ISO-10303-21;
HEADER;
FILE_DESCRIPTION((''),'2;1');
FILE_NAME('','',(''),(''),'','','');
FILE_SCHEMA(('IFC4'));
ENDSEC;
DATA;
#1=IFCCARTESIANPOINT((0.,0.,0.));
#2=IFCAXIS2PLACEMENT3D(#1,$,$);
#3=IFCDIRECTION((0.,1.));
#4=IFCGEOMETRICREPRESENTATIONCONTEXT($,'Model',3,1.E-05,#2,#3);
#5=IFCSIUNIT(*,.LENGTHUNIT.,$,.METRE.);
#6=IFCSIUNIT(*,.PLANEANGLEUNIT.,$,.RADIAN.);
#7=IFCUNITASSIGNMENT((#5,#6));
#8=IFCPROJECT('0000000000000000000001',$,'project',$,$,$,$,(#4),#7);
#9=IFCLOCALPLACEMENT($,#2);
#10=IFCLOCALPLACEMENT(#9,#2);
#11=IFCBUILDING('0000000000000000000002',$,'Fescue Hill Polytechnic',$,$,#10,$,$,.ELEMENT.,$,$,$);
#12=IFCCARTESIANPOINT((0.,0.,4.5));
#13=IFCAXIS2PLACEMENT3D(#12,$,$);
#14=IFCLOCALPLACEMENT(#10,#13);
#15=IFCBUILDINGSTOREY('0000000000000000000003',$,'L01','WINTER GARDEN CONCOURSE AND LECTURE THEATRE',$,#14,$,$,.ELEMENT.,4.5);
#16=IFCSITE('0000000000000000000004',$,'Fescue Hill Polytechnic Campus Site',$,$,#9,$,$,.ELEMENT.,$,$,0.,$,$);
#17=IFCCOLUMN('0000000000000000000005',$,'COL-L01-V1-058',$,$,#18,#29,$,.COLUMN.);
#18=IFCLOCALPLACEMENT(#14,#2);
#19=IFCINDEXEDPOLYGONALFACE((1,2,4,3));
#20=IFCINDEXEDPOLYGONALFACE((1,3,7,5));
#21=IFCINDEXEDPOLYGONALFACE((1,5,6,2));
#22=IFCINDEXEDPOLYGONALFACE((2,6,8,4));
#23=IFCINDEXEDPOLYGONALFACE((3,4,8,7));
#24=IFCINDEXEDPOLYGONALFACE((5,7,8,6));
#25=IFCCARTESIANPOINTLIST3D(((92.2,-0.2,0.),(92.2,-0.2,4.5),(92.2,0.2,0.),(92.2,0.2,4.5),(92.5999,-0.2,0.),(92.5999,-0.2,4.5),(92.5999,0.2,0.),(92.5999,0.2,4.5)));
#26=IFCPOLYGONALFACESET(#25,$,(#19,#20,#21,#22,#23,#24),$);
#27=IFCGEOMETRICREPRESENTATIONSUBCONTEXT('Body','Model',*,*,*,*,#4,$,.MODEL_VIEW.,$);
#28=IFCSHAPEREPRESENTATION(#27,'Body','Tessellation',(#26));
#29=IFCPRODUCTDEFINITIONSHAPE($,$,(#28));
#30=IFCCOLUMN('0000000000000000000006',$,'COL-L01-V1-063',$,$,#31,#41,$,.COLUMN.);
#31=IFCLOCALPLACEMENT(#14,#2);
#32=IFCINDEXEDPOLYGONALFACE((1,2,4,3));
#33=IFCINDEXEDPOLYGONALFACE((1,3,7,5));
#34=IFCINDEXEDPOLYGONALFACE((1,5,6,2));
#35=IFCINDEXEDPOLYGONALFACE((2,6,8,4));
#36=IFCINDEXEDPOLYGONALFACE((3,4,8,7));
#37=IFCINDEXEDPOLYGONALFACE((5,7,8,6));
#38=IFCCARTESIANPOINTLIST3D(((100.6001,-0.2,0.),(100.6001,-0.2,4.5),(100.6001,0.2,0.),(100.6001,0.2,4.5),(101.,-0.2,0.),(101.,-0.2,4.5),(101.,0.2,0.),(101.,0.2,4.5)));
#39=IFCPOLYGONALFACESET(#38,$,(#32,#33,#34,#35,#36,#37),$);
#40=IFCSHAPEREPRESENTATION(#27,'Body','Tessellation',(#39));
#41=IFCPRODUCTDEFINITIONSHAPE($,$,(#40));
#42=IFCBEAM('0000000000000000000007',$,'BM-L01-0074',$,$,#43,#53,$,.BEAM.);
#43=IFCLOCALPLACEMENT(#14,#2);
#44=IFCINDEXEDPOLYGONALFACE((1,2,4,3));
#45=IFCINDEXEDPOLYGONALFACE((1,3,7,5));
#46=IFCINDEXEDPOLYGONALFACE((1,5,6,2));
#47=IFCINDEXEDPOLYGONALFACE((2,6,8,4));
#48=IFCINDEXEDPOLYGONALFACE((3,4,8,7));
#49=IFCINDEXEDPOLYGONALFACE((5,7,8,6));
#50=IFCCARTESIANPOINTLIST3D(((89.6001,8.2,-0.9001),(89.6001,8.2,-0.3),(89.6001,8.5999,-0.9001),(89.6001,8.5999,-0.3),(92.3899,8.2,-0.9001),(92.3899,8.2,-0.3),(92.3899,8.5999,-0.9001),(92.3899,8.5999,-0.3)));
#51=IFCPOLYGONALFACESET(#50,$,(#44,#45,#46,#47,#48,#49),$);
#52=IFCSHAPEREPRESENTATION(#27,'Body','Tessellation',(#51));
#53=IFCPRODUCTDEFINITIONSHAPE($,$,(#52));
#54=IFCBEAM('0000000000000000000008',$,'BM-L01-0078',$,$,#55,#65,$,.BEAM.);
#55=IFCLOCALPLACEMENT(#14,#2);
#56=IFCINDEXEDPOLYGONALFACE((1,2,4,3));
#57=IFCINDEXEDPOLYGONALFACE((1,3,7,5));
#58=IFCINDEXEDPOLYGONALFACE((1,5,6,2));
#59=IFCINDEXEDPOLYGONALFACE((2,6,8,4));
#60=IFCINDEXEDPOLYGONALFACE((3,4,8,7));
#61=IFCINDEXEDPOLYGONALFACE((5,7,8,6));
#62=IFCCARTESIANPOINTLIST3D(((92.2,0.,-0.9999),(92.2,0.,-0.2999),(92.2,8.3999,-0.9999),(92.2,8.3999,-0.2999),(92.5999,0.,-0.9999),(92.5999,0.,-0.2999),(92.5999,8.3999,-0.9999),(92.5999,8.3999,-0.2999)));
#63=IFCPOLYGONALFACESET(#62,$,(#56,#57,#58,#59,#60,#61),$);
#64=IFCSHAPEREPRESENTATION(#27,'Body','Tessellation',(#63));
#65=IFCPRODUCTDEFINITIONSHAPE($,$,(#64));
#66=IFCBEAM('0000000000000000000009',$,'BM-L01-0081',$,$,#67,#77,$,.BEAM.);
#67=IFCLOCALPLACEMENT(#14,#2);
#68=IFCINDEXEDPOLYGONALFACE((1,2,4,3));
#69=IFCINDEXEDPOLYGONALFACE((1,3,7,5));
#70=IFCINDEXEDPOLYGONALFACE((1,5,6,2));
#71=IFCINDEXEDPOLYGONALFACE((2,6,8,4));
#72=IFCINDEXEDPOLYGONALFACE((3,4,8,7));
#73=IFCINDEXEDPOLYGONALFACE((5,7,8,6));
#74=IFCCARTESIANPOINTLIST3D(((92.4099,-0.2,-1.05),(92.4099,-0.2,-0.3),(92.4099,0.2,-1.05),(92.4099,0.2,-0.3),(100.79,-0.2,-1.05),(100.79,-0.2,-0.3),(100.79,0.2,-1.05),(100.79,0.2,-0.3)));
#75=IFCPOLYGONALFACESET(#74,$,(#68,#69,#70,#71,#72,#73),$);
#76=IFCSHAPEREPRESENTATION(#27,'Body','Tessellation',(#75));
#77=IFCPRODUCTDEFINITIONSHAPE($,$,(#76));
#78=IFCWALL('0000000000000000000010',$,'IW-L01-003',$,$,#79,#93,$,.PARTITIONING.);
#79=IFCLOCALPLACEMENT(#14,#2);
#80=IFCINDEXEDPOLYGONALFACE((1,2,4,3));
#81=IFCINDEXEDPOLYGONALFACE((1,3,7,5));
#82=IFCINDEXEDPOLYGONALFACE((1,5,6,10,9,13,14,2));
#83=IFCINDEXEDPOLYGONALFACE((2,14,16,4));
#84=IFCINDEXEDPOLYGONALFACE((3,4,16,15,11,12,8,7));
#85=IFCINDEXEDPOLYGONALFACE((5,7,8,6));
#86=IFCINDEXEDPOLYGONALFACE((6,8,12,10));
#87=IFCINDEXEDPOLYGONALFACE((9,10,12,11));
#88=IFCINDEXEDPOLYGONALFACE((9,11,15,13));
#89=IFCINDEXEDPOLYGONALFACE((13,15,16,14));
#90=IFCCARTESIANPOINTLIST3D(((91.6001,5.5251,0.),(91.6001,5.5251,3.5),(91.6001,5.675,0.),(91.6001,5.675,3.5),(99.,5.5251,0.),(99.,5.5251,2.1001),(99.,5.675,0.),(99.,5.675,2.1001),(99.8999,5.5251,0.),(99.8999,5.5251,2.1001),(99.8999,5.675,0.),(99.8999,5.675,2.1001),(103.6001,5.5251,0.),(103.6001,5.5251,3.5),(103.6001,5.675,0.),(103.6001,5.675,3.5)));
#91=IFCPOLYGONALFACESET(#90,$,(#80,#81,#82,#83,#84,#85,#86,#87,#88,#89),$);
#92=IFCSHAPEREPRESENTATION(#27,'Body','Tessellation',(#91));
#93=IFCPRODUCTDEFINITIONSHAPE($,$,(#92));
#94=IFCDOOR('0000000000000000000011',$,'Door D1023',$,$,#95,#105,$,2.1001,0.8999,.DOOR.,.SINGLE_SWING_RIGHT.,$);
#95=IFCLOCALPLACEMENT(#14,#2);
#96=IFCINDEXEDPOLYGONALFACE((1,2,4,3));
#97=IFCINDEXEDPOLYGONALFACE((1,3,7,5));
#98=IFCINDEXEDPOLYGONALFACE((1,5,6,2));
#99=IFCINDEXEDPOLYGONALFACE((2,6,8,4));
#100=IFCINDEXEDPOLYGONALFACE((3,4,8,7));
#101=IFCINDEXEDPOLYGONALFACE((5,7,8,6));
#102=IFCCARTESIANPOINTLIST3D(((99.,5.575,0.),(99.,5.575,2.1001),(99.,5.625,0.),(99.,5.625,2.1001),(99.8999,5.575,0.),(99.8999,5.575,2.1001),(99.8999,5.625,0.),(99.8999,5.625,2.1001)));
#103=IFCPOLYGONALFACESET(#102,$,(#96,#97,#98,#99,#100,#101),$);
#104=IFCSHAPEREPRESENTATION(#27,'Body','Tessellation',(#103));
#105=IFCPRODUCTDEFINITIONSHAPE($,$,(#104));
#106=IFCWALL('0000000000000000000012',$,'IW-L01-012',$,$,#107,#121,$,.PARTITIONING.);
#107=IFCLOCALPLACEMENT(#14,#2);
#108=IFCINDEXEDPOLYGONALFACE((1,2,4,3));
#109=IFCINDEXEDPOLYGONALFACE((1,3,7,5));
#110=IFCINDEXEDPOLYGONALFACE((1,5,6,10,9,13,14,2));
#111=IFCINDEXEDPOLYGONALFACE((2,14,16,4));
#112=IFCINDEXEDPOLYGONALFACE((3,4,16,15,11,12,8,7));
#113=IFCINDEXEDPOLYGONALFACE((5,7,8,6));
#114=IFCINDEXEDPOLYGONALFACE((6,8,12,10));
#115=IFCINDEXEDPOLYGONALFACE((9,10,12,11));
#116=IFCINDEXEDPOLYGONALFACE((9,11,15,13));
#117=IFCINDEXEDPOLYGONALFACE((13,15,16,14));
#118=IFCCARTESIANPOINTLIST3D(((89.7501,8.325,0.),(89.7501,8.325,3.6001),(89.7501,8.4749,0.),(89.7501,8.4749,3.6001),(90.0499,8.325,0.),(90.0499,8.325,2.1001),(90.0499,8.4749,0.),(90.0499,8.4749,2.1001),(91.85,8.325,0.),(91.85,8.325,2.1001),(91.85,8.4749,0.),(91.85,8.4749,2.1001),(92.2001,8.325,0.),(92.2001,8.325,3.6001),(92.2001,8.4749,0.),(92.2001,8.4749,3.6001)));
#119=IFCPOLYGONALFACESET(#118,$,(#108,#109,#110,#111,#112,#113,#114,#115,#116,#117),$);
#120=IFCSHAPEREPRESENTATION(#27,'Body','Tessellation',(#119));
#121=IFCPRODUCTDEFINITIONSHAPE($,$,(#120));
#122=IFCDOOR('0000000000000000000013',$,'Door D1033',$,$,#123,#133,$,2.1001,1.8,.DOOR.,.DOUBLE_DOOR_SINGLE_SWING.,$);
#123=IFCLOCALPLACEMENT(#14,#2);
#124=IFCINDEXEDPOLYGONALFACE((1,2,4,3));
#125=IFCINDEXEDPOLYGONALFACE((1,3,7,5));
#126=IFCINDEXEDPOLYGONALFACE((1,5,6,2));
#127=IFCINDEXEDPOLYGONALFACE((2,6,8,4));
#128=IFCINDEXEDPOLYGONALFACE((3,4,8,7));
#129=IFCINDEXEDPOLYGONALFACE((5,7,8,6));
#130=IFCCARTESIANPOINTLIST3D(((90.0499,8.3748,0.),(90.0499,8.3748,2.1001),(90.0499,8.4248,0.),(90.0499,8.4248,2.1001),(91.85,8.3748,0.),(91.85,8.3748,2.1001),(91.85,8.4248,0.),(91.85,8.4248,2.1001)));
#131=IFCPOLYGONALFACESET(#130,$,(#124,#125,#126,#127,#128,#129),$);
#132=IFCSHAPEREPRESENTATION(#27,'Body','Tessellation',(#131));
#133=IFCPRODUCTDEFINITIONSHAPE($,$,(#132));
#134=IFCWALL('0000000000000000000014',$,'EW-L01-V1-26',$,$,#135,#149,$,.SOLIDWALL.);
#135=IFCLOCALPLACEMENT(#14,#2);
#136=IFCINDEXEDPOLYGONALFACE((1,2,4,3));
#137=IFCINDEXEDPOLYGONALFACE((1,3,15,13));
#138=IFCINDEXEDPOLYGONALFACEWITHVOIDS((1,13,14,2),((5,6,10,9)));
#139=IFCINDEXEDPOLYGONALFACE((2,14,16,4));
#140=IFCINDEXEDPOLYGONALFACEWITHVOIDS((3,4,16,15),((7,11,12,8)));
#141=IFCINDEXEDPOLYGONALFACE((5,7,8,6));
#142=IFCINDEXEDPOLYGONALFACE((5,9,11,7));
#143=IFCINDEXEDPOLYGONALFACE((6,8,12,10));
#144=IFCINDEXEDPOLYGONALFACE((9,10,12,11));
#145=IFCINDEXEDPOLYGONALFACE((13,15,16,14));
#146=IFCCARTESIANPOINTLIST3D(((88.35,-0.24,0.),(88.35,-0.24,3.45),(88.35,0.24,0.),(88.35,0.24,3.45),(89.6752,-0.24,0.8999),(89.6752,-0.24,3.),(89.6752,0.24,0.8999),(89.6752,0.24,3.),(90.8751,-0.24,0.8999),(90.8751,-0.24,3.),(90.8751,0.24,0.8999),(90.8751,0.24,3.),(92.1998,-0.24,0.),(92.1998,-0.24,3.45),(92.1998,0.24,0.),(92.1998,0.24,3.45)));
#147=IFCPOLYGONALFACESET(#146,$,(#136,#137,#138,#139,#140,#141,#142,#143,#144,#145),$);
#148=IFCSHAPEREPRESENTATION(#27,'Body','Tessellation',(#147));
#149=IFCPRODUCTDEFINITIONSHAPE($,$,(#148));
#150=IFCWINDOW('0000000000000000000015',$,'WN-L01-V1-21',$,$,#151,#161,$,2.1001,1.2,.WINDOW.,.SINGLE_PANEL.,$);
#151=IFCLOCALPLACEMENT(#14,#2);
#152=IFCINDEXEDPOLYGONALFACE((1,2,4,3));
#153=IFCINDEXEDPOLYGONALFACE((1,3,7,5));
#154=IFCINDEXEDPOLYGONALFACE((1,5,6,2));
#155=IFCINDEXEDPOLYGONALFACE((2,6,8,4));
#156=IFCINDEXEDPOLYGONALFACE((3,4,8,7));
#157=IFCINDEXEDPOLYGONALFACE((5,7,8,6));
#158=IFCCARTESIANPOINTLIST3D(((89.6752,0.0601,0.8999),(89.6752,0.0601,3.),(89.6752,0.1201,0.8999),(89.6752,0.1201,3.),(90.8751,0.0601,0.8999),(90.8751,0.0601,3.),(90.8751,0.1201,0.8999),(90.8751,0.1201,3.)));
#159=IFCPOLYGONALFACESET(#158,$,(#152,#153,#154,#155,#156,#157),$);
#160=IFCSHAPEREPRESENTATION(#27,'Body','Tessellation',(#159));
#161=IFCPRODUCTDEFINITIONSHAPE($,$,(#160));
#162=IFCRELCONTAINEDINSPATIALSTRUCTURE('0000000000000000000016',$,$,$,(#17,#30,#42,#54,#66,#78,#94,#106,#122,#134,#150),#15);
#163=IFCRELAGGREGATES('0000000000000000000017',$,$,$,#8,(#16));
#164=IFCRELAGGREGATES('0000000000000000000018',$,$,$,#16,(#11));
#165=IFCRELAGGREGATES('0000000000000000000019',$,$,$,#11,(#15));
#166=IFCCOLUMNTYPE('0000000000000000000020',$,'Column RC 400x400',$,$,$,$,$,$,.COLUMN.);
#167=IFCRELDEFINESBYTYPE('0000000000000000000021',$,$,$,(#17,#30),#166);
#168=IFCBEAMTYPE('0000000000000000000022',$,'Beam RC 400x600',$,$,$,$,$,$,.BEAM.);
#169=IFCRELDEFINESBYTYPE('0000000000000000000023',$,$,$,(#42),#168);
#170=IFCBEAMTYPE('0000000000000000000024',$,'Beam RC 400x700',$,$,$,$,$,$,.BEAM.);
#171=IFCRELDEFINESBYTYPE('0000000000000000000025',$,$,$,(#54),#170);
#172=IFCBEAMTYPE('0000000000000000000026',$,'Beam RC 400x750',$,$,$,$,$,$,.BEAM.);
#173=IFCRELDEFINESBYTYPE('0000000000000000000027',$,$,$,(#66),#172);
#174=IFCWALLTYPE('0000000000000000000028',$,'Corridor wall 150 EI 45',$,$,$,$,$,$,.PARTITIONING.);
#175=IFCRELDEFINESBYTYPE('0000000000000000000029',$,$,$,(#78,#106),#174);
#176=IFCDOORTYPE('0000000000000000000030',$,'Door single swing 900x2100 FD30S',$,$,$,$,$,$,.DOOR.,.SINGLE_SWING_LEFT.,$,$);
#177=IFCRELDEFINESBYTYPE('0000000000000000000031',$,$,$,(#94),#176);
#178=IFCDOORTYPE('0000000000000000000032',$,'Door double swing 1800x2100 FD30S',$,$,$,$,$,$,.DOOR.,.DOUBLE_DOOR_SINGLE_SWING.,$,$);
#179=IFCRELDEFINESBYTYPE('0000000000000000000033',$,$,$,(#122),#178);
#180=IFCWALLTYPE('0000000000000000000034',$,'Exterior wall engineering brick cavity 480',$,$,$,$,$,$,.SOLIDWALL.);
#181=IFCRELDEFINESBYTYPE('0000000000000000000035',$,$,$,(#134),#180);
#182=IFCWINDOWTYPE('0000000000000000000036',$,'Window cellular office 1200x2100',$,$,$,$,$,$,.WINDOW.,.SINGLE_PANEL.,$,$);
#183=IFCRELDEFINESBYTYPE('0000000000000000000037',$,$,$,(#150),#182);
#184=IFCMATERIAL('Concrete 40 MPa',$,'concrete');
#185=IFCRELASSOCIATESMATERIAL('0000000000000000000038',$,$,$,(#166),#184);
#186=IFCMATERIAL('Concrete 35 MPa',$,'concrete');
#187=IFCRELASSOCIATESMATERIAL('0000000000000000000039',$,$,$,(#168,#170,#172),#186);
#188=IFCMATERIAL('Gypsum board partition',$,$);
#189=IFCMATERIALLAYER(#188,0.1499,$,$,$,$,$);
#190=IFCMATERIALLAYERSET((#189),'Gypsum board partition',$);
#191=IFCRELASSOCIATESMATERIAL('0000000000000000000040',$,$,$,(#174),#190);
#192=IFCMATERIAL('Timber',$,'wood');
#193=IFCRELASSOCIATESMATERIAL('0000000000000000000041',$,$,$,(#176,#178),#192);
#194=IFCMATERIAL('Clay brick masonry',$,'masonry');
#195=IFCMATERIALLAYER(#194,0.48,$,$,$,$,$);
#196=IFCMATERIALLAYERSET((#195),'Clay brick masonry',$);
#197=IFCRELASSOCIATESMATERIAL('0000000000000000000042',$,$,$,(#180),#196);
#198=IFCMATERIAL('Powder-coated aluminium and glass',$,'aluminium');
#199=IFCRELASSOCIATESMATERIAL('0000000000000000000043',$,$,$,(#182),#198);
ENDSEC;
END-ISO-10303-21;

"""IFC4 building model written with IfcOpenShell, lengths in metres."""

from ifc_helpers import new_model, si_unit, direction, frame, frame_2d, origin, origin_2d, place, context, subcontext, project, spatial, rectangle, extrude, material, layer, layer_set, material_profile, profile_set, type_object, element, fill, save


model = new_model("IFC4")

# Units and contexts
model_context = context("Model", 3, precision=1e-05, world=origin(), true_north=direction((0.0, 1.0)))
body_context = subcontext(model_context, "Body", "Model", "MODEL_VIEW")
ifc_project = project(units=[si_unit("LENGTHUNIT", "METRE"), si_unit("PLANEANGLEUNIT", "RADIAN")], contexts=[model_context])

# Site, building, storey
site_placement = place(None, origin())
site = spatial("IfcSite", under=ifc_project, at=site_placement, Name="Fescue Hill Polytechnic Campus Site", CompositionType="ELEMENT", RefElevation=0.0)
building_placement = place(site_placement, origin())
building = spatial("IfcBuilding", under=site, at=building_placement, Name="Fescue Hill Polytechnic", CompositionType="ELEMENT")
storey_placement = place(building_placement, frame((0.0, 0.0, 4.5)))
storey = spatial("IfcBuildingStorey", under=building, at=storey_placement, Name="L01", Description="WINTER GARDEN CONCOURSE AND LECTURE THEATRE", CompositionType="ELEMENT", Elevation=4.5)

# Columns
ifc_material_1 = material(Name="Concrete 40 MPa", Category="concrete")
ifc_material_profile_1 = material_profile(ifc_material_1, rectangle(XDim=0.3999, YDim=0.3999, at=origin_2d()), Name="RC 400x400")
ifc_profile_set_1 = profile_set([ifc_material_profile_1], Name="Concrete 40 MPa")
column_type = type_object("IfcColumnType", Name="Column RC 400x400", PredefinedType="COLUMN", material=ifc_profile_set_1)
for number, where, z_axis, x_axis, name in (
    (1, (92.3999, 0.0, 0.0), (0.0, 0.0, 1.0), (1.0, 0.0, 0.0), "COL-L01-V1-058"),
    (2, (100.8, 0.0, 0.0), (0.0, 0.0, 1.0), (1.0, 0.0, 0.0), "COL-L01-V1-063"),
):
    element("IfcColumn", number, at=place(storey_placement, frame(where, z_axis=z_axis, x_axis=x_axis)), inside=storey, type_object=column_type, Name=name, PredefinedType="COLUMN", context=body_context, shape_type="SweptSolid", body=[
        extrude(rectangle(XDim=0.3999, YDim=0.3999, at=origin_2d()), origin(), (0.0, 0.0, 1.0), 4.5),
    ])

# Beams
ifc_material_2 = material(Name="Concrete 35 MPa", Category="concrete")
ifc_material_profile_2 = material_profile(ifc_material_2, rectangle(XDim=0.3999, YDim=0.6001, at=origin_2d()), Name="RC 400x600")
ifc_profile_set_2 = profile_set([ifc_material_profile_2], Name="Concrete 35 MPa")
beam_type_1 = type_object("IfcBeamType", Name="Beam RC 400x600", PredefinedType="BEAM", material=ifc_profile_set_2)
beam_1_placement = place(storey_placement, frame((89.6001, 8.3999, -0.6001), z_axis=(1.0, 0.0, 0.0), x_axis=(0.0, 1.0, 0.0)))
element("IfcBeam", 3, at=beam_1_placement, inside=storey, type_object=beam_type_1, Name="BM-L01-0074", PredefinedType="BEAM", context=body_context, shape_type="SweptSolid", body=[
    extrude(rectangle(XDim=0.3999, YDim=0.6001, at=origin_2d()), origin(), (0.0, 0.0, 1.0), 2.7898),
])
ifc_material_profile_3 = material_profile(ifc_material_2, rectangle(XDim=0.3999, YDim=0.7, at=origin_2d()), Name="RC 400x700")
ifc_profile_set_3 = profile_set([ifc_material_profile_3], Name="Concrete 35 MPa")
beam_type_2 = type_object("IfcBeamType", Name="Beam RC 400x700", PredefinedType="BEAM", material=ifc_profile_set_3)
beam_2_placement = place(storey_placement, frame((92.3999, 0.0, -0.6499), z_axis=(0.0, 1.0, 0.0), x_axis=(-1.0, 0.0, 0.0)))
element("IfcBeam", 4, at=beam_2_placement, inside=storey, type_object=beam_type_2, Name="BM-L01-0078", PredefinedType="BEAM", context=body_context, shape_type="SweptSolid", body=[
    extrude(rectangle(XDim=0.3999, YDim=0.7, at=origin_2d()), origin(), (0.0, 0.0, 1.0), 8.3999),
])
ifc_material_profile_4 = material_profile(ifc_material_2, rectangle(XDim=0.3999, YDim=0.75, at=origin_2d()), Name="RC 400x750")
ifc_profile_set_4 = profile_set([ifc_material_profile_4], Name="Concrete 35 MPa")
beam_type_3 = type_object("IfcBeamType", Name="Beam RC 400x750", PredefinedType="BEAM", material=ifc_profile_set_4)
beam_3_placement = place(storey_placement, frame((92.4099, 0.0, -0.675), z_axis=(1.0, 0.0, 0.0), x_axis=(0.0, 1.0, 0.0)))
element("IfcBeam", 5, at=beam_3_placement, inside=storey, type_object=beam_type_3, Name="BM-L01-0081", PredefinedType="BEAM", context=body_context, shape_type="SweptSolid", body=[
    extrude(rectangle(XDim=0.3999, YDim=0.75, at=origin_2d()), origin(), (0.0, 0.0, 1.0), 8.3801),
])

# Walls, openings, doors
ifc_material_3 = material(Name="Gypsum board partition")
ifc_layer_1 = layer(ifc_material_3, 0.1499)
ifc_layer_set_1 = layer_set([ifc_layer_1], Name="Gypsum board partition")
wall_type_1 = type_object("IfcWallType", Name="Corridor wall 150 EI 45", PredefinedType="PARTITIONING", material=ifc_layer_set_1)
wall_1_placement = place(storey_placement, frame((91.6001, 5.6001, 0.0), z_axis=(0.0, 0.0, 1.0), x_axis=(1.0, 0.0, 0.0)))
wall_1 = element("IfcWall", 6, at=wall_1_placement, inside=storey, type_object=wall_type_1, Name="IW-L01-003", PredefinedType="PARTITIONING", context=body_context, shape_type="SweptSolid", body=[
    extrude(rectangle(XDim=12.0, YDim=0.1499, at=frame_2d((6.0, 0.0))), origin(), (0.0, 0.0, 1.0), 3.5),
])
opening_1_placement = place(wall_1_placement, frame((7.3999, 0.0, 0.0)))
opening_1 = element("IfcOpeningElement", 7, at=opening_1_placement, cuts=wall_1, PredefinedType="OPENING", context=body_context, shape_type="SweptSolid", body=[
    extrude(rectangle(XDim=0.8999, YDim=2.1001, at=frame_2d((0.45, 1.05))), frame((0.0, 0.085, 0.0), z_axis=(0.0, -1.0, 0.0), x_axis=(1.0, 0.0, 0.0)), (0.0, 0.0, 1.0), 0.1699),
])
ifc_material_4 = material(Name="Timber", Category="wood")
door_type_1 = type_object("IfcDoorType", Name="Door single swing 900x2100 FD30S", OperationType="SINGLE_SWING_LEFT", PredefinedType="DOOR", material=ifc_material_4)
door_1_placement = place(opening_1_placement, origin())
door_1 = element("IfcDoor", 8, at=door_1_placement, inside=storey, type_object=door_type_1, Name="Door D1023", OperationType="SINGLE_SWING_RIGHT", OverallHeight=2.1001, OverallWidth=0.8999, PredefinedType="DOOR", context=body_context, shape_type="SweptSolid", body=[
    extrude(rectangle(XDim=0.8999, YDim=2.1001, at=frame_2d((0.45, 1.05))), frame((0.0, 0.0249, 0.0), z_axis=(0.0, -1.0, 0.0), x_axis=(1.0, 0.0, 0.0)), (0.0, 0.0, 1.0), 0.05),
])
fill(opening_1, door_1)
wall_2_placement = place(storey_placement, frame((89.75, 8.3999, 0.0), z_axis=(0.0, 0.0, 1.0), x_axis=(1.0, 0.0, 0.0)))
wall_2 = element("IfcWall", 9, at=wall_2_placement, inside=storey, type_object=wall_type_1, Name="IW-L01-012", PredefinedType="PARTITIONING", context=body_context, shape_type="SweptSolid", body=[
    extrude(rectangle(XDim=2.45, YDim=0.1499, at=frame_2d((1.2251, 0.0))), origin(), (0.0, 0.0, 1.0), 3.6001),
])
opening_2_placement = place(wall_2_placement, frame((0.3, 0.0, 0.0)))
opening_2 = element("IfcOpeningElement", 10, at=opening_2_placement, cuts=wall_2, PredefinedType="OPENING", context=body_context, shape_type="SweptSolid", body=[
    extrude(rectangle(XDim=1.8, YDim=2.1001, at=frame_2d((0.8999, 1.05))), frame((0.0, 0.085, 0.0), z_axis=(0.0, -1.0, 0.0), x_axis=(1.0, 0.0, 0.0)), (0.0, 0.0, 1.0), 0.1699),
])
door_type_2 = type_object("IfcDoorType", Name="Door double swing 1800x2100 FD30S", OperationType="DOUBLE_DOOR_SINGLE_SWING", PredefinedType="DOOR", material=ifc_material_4)
door_2_placement = place(opening_2_placement, origin())
door_2 = element("IfcDoor", 11, at=door_2_placement, inside=storey, type_object=door_type_2, Name="Door D1033", OperationType="DOUBLE_DOOR_SINGLE_SWING", OverallHeight=2.1001, OverallWidth=1.8, PredefinedType="DOOR", context=body_context, shape_type="SweptSolid", body=[
    extrude(rectangle(XDim=1.8, YDim=2.1001, at=frame_2d((0.8999, 1.05))), frame((0.0, 0.0249, 0.0), z_axis=(0.0, -1.0, 0.0), x_axis=(1.0, 0.0, 0.0)), (0.0, 0.0, 1.0), 0.05),
])
fill(opening_2, door_2)

# Wall, opening, window
ifc_material_5 = material(Name="Clay brick masonry", Category="masonry")
ifc_layer_2 = layer(ifc_material_5, 0.48)
ifc_layer_set_2 = layer_set([ifc_layer_2], Name="Clay brick masonry")
wall_type_2 = type_object("IfcWallType", Name="Exterior wall engineering brick cavity 480", PredefinedType="SOLIDWALL", material=ifc_layer_set_2)
wall_3_placement = place(storey_placement, frame((88.3501, 0.0, 0.0), z_axis=(0.0, 0.0, 1.0), x_axis=(1.0, 0.0, 0.0)))
wall_3 = element("IfcWall", 12, at=wall_3_placement, inside=storey, type_object=wall_type_2, Name="EW-L01-V1-26", PredefinedType="SOLIDWALL", context=body_context, shape_type="SweptSolid", body=[
    extrude(rectangle(XDim=3.8499, YDim=0.48, at=frame_2d((1.9248, 0.0))), origin(), (0.0, 0.0, 1.0), 3.45),
])
opening_3_placement = place(wall_3_placement, frame((1.325, 0.0, 0.8999)))
opening_3 = element("IfcOpeningElement", 13, at=opening_3_placement, cuts=wall_3, PredefinedType="OPENING", context=body_context, shape_type="SweptSolid", body=[
    extrude(rectangle(XDim=1.2, YDim=2.1001, at=frame_2d((0.6001, 1.05))), frame((0.0, 0.25, 0.0), z_axis=(0.0, -1.0, 0.0), x_axis=(1.0, 0.0, 0.0)), (0.0, 0.0, 1.0), 0.5),
])
ifc_material_6 = material(Name="Powder-coated aluminium and glass", Category="aluminium")
window_type = type_object("IfcWindowType", Name="Window cellular office 1200x2100", PartitioningType="SINGLE_PANEL", PredefinedType="WINDOW", material=ifc_material_6)
window_1_placement = place(opening_3_placement, origin())
window_1 = element("IfcWindow", 14, at=window_1_placement, inside=storey, type_object=window_type, Name="WN-L01-V1-21", OverallHeight=2.1001, OverallWidth=1.2, PartitioningType="SINGLE_PANEL", PredefinedType="WINDOW", context=body_context, shape_type="SweptSolid", body=[
    extrude(rectangle(XDim=1.2, YDim=2.1001, at=frame_2d((0.6001, 1.05))), frame((0.0, 0.1201, 0.0), z_axis=(0.0, -1.0, 0.0), x_axis=(1.0, 0.0, 0.0)), (0.0, 0.0, 1.0), 0.0601),
])
fill(opening_3, window_1)

save(model, "model.ifc")
